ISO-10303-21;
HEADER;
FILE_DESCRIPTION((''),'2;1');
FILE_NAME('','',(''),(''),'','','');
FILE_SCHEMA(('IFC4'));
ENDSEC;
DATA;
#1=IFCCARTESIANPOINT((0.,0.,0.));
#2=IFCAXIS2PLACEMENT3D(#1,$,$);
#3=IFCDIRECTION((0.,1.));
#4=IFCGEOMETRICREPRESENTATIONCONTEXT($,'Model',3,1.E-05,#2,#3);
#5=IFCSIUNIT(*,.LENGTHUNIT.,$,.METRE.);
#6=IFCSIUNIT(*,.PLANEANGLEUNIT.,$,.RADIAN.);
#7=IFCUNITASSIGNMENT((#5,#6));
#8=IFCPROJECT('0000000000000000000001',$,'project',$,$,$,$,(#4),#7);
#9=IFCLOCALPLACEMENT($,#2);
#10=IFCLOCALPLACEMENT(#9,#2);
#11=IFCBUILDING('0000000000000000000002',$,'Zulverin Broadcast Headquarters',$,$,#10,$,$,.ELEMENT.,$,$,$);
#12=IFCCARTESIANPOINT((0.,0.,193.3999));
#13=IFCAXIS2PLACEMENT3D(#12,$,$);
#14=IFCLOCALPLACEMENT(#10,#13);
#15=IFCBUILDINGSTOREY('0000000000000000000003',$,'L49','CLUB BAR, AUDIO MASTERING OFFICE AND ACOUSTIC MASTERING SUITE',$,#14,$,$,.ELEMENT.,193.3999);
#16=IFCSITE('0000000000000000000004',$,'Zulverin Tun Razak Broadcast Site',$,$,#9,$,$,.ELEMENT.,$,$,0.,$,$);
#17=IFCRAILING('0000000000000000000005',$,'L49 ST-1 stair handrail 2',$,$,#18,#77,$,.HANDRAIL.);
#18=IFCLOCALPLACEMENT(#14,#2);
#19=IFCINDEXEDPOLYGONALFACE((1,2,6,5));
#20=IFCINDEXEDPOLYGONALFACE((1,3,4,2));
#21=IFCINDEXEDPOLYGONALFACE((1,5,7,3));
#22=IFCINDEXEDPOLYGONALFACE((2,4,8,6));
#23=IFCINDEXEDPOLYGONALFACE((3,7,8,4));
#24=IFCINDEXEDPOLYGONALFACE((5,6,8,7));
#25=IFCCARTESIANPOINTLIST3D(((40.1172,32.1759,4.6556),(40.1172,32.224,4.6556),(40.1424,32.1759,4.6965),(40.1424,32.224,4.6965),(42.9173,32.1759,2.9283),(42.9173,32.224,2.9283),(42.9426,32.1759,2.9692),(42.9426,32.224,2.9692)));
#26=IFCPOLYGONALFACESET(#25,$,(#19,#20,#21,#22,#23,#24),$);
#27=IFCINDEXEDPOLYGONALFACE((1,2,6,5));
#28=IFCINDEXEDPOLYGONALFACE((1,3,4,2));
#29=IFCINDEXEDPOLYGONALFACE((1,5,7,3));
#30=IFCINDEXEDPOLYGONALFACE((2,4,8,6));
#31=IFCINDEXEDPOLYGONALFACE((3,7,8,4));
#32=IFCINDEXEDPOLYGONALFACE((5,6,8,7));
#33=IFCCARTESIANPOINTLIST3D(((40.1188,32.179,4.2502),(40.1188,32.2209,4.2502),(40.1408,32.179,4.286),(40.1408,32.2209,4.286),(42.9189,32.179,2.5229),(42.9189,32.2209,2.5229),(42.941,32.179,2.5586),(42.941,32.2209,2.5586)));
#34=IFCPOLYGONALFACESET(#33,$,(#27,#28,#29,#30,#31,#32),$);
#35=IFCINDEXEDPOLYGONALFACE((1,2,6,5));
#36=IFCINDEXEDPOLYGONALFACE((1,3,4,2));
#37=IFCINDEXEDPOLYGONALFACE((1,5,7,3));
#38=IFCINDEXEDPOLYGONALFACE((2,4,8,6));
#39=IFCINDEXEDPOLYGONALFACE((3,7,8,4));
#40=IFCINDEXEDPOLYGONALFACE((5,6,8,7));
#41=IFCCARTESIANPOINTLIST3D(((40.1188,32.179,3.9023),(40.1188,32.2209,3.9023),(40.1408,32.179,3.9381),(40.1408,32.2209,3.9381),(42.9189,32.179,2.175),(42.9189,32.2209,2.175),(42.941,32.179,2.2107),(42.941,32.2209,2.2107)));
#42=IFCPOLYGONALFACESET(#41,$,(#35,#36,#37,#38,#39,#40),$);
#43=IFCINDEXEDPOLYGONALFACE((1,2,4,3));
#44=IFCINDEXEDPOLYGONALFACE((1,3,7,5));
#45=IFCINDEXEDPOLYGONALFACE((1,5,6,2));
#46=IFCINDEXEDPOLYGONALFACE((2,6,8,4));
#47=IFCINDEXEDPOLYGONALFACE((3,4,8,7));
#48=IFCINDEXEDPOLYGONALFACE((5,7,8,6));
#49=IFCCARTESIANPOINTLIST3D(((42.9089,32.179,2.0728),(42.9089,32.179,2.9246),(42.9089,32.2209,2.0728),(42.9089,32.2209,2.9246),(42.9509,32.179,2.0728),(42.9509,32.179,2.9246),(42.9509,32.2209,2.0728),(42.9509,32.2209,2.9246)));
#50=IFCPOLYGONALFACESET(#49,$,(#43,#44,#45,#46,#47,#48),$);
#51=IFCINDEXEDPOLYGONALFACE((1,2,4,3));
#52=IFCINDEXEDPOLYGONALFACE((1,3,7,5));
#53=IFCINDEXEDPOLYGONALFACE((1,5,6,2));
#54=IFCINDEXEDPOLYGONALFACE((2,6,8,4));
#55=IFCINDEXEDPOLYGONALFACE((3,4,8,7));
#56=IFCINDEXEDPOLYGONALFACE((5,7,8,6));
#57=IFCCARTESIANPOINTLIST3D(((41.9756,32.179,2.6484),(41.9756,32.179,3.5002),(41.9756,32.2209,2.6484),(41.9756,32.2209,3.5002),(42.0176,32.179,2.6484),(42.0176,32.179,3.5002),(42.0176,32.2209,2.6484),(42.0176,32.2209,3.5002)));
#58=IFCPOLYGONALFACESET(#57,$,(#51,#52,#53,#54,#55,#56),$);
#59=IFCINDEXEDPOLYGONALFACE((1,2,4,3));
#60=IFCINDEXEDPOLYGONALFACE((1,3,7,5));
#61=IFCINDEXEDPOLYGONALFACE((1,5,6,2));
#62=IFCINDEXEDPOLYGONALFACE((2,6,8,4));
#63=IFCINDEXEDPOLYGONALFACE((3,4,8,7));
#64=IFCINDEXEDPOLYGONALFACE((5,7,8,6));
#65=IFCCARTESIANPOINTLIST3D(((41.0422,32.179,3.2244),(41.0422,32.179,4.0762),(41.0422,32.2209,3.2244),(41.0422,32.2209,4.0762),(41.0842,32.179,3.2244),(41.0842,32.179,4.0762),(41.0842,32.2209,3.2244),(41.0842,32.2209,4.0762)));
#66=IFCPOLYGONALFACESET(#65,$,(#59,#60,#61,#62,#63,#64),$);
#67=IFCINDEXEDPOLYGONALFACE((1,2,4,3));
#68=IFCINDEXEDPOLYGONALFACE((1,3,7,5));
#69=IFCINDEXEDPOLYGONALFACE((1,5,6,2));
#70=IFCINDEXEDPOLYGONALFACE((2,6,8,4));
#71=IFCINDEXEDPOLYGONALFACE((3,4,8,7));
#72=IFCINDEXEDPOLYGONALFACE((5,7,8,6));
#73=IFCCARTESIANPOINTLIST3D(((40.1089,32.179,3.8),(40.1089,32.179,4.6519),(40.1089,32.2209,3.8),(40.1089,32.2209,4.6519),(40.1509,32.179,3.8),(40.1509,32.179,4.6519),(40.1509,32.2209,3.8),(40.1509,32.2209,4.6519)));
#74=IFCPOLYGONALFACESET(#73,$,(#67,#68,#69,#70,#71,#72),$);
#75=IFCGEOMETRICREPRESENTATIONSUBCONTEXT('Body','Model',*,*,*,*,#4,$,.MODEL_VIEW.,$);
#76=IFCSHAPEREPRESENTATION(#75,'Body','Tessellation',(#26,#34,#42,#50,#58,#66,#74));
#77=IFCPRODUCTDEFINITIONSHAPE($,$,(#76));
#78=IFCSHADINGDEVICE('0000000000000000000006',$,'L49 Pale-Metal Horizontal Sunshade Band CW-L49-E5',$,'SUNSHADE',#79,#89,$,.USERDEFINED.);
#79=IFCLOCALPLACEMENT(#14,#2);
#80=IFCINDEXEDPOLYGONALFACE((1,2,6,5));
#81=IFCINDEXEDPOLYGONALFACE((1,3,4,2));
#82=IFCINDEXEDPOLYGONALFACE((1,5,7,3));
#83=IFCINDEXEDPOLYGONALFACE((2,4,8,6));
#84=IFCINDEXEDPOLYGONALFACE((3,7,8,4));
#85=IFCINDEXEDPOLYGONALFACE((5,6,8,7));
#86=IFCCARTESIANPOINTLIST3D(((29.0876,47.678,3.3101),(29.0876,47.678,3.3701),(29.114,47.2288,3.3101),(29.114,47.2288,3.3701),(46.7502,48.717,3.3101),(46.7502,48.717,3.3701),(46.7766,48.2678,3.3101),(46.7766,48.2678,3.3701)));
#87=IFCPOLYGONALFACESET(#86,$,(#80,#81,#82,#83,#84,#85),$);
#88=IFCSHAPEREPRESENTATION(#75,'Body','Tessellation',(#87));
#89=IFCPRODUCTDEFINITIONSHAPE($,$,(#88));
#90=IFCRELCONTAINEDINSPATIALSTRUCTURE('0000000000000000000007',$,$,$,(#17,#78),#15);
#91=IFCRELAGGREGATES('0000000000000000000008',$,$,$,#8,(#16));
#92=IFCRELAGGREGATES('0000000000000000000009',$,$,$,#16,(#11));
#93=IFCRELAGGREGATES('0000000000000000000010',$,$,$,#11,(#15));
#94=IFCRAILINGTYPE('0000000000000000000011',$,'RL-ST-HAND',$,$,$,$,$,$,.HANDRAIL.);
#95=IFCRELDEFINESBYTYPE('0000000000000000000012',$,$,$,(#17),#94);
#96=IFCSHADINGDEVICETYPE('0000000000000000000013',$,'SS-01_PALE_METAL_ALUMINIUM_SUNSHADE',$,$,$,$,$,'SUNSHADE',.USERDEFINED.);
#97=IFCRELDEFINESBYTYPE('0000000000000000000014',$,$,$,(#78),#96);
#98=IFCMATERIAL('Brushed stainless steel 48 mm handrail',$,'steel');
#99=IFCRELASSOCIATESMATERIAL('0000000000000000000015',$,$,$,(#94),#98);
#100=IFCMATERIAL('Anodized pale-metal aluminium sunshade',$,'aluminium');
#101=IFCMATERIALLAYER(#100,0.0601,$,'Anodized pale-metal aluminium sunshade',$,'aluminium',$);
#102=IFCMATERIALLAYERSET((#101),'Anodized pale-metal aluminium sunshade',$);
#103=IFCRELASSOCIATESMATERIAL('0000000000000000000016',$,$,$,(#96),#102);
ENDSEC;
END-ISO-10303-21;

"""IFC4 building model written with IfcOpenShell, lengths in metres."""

from ifc_helpers import new_model, si_unit, direction, frame, origin, origin_2d, place, context, subcontext, project, spatial, rectangle, extrude, material, layer, layer_set, type_object, element, save


model = new_model("IFC4")

# Units and contexts
model_context = context("Model", 3, precision=1e-05, world=origin(), true_north=direction((0.0, 1.0)))
body_context = subcontext(model_context, "Body", "Model", "MODEL_VIEW")
ifc_project = project(units=[si_unit("LENGTHUNIT", "METRE"), si_unit("PLANEANGLEUNIT", "RADIAN")], contexts=[model_context])

# Site, building, storey
site_placement = place(None, origin())
site = spatial("IfcSite", under=ifc_project, at=site_placement, Name="Zulverin Tun Razak Broadcast Site", CompositionType="ELEMENT", RefElevation=0.0)
building_placement = place(site_placement, origin())
building = spatial("IfcBuilding", under=site, at=building_placement, Name="Zulverin Broadcast Headquarters", CompositionType="ELEMENT")
storey_placement = place(building_placement, frame((0.0, 0.0, 193.3999)))
storey = spatial("IfcBuildingStorey", under=building, at=storey_placement, Name="L49", Description="CLUB BAR, AUDIO MASTERING OFFICE AND ACOUSTIC MASTERING SUITE", CompositionType="ELEMENT", Elevation=193.3999)

# Railing
ifc_material_1 = material(Name="Brushed stainless steel 48 mm handrail", Category="steel")
railing_type_1 = type_object("IfcRailingType", Name="RL-ST-HAND", PredefinedType="HANDRAIL", material=ifc_material_1)
railing_1_placement = place(storey_placement, frame((42.9299, 32.2, 2.0728)))
element("IfcRailing", 1, at=railing_1_placement, inside=storey, type_object=railing_type_1, Name="L49 ST-1 stair handrail 2", PredefinedType="HANDRAIL", context=body_context, shape_type="SweptSolid", body=[
    extrude(rectangle(XDim=0.0481, YDim=0.0481, at=origin_2d()), frame((0.0, 0.0, 0.876), z_axis=(-0.85109, 0.0, 0.52502), x_axis=(0.0, -1.0, 0.0)), (0.0, 0.0, 1.0), 3.29),
    extrude(rectangle(XDim=0.042, YDim=0.042, at=origin_2d()), frame((0.0, 0.0, 0.468), z_axis=(-0.85109, 0.0, 0.52502), x_axis=(0.0, -1.0, 0.0)), (0.0, 0.0, 1.0), 3.29),
    extrude(rectangle(XDim=0.042, YDim=0.042, at=origin_2d()), frame((0.0, 0.0, 0.1201), z_axis=(-0.85109, 0.0, 0.52502), x_axis=(0.0, -1.0, 0.0)), (0.0, 0.0, 1.0), 3.29),
    extrude(rectangle(XDim=0.042, YDim=0.042, at=origin_2d()), origin(), (0.0, 0.0, 1.0), 0.8518),
    extrude(rectangle(XDim=0.042, YDim=0.042, at=origin_2d()), frame((-0.9333, 0.0, 0.5757)), (0.0, 0.0, 1.0), 0.8518),
    extrude(rectangle(XDim=0.042, YDim=0.042, at=origin_2d()), frame((-1.8667, 0.0, 1.1516)), (0.0, 0.0, 1.0), 0.8518),
    extrude(rectangle(XDim=0.042, YDim=0.042, at=origin_2d()), frame((-2.8, 0.0, 1.7273)), (0.0, 0.0, 1.0), 0.8518),
])

# Shading device
ifc_material_2 = material(Name="Anodized pale-metal aluminium sunshade", Category="aluminium")
ifc_layer_1 = layer(ifc_material_2, 0.0601, Name="Anodized pale-metal aluminium sunshade", Category="aluminium")
ifc_layer_set_1 = layer_set([ifc_layer_1], Name="Anodized pale-metal aluminium sunshade")
shading_device_type = type_object("IfcShadingDeviceType", Name="SS-01_PALE_METAL_ALUMINIUM_SUNSHADE", ElementType="SUNSHADE", PredefinedType="USERDEFINED", material=ifc_layer_set_1)
shading_device_placement = place(storey_placement, frame((37.9321, 47.9729, 3.3101), z_axis=(0.0, 0.0, 1.0), x_axis=(-0.998274, -0.058723, 0.0)))
element("IfcShadingDevice", 2, at=shading_device_placement, inside=storey, type_object=shading_device_type, Name="L49 Pale-Metal Horizontal Sunshade Band CW-L49-E5", ObjectType="SUNSHADE", PredefinedType="USERDEFINED", context=body_context, shape_type="SweptSolid", body=[
    extrude(rectangle(XDim=17.6931, YDim=0.45, at=origin_2d()), origin(), (0.0, 0.0, 1.0), 0.0601),
])

save(model, "model.ifc")
